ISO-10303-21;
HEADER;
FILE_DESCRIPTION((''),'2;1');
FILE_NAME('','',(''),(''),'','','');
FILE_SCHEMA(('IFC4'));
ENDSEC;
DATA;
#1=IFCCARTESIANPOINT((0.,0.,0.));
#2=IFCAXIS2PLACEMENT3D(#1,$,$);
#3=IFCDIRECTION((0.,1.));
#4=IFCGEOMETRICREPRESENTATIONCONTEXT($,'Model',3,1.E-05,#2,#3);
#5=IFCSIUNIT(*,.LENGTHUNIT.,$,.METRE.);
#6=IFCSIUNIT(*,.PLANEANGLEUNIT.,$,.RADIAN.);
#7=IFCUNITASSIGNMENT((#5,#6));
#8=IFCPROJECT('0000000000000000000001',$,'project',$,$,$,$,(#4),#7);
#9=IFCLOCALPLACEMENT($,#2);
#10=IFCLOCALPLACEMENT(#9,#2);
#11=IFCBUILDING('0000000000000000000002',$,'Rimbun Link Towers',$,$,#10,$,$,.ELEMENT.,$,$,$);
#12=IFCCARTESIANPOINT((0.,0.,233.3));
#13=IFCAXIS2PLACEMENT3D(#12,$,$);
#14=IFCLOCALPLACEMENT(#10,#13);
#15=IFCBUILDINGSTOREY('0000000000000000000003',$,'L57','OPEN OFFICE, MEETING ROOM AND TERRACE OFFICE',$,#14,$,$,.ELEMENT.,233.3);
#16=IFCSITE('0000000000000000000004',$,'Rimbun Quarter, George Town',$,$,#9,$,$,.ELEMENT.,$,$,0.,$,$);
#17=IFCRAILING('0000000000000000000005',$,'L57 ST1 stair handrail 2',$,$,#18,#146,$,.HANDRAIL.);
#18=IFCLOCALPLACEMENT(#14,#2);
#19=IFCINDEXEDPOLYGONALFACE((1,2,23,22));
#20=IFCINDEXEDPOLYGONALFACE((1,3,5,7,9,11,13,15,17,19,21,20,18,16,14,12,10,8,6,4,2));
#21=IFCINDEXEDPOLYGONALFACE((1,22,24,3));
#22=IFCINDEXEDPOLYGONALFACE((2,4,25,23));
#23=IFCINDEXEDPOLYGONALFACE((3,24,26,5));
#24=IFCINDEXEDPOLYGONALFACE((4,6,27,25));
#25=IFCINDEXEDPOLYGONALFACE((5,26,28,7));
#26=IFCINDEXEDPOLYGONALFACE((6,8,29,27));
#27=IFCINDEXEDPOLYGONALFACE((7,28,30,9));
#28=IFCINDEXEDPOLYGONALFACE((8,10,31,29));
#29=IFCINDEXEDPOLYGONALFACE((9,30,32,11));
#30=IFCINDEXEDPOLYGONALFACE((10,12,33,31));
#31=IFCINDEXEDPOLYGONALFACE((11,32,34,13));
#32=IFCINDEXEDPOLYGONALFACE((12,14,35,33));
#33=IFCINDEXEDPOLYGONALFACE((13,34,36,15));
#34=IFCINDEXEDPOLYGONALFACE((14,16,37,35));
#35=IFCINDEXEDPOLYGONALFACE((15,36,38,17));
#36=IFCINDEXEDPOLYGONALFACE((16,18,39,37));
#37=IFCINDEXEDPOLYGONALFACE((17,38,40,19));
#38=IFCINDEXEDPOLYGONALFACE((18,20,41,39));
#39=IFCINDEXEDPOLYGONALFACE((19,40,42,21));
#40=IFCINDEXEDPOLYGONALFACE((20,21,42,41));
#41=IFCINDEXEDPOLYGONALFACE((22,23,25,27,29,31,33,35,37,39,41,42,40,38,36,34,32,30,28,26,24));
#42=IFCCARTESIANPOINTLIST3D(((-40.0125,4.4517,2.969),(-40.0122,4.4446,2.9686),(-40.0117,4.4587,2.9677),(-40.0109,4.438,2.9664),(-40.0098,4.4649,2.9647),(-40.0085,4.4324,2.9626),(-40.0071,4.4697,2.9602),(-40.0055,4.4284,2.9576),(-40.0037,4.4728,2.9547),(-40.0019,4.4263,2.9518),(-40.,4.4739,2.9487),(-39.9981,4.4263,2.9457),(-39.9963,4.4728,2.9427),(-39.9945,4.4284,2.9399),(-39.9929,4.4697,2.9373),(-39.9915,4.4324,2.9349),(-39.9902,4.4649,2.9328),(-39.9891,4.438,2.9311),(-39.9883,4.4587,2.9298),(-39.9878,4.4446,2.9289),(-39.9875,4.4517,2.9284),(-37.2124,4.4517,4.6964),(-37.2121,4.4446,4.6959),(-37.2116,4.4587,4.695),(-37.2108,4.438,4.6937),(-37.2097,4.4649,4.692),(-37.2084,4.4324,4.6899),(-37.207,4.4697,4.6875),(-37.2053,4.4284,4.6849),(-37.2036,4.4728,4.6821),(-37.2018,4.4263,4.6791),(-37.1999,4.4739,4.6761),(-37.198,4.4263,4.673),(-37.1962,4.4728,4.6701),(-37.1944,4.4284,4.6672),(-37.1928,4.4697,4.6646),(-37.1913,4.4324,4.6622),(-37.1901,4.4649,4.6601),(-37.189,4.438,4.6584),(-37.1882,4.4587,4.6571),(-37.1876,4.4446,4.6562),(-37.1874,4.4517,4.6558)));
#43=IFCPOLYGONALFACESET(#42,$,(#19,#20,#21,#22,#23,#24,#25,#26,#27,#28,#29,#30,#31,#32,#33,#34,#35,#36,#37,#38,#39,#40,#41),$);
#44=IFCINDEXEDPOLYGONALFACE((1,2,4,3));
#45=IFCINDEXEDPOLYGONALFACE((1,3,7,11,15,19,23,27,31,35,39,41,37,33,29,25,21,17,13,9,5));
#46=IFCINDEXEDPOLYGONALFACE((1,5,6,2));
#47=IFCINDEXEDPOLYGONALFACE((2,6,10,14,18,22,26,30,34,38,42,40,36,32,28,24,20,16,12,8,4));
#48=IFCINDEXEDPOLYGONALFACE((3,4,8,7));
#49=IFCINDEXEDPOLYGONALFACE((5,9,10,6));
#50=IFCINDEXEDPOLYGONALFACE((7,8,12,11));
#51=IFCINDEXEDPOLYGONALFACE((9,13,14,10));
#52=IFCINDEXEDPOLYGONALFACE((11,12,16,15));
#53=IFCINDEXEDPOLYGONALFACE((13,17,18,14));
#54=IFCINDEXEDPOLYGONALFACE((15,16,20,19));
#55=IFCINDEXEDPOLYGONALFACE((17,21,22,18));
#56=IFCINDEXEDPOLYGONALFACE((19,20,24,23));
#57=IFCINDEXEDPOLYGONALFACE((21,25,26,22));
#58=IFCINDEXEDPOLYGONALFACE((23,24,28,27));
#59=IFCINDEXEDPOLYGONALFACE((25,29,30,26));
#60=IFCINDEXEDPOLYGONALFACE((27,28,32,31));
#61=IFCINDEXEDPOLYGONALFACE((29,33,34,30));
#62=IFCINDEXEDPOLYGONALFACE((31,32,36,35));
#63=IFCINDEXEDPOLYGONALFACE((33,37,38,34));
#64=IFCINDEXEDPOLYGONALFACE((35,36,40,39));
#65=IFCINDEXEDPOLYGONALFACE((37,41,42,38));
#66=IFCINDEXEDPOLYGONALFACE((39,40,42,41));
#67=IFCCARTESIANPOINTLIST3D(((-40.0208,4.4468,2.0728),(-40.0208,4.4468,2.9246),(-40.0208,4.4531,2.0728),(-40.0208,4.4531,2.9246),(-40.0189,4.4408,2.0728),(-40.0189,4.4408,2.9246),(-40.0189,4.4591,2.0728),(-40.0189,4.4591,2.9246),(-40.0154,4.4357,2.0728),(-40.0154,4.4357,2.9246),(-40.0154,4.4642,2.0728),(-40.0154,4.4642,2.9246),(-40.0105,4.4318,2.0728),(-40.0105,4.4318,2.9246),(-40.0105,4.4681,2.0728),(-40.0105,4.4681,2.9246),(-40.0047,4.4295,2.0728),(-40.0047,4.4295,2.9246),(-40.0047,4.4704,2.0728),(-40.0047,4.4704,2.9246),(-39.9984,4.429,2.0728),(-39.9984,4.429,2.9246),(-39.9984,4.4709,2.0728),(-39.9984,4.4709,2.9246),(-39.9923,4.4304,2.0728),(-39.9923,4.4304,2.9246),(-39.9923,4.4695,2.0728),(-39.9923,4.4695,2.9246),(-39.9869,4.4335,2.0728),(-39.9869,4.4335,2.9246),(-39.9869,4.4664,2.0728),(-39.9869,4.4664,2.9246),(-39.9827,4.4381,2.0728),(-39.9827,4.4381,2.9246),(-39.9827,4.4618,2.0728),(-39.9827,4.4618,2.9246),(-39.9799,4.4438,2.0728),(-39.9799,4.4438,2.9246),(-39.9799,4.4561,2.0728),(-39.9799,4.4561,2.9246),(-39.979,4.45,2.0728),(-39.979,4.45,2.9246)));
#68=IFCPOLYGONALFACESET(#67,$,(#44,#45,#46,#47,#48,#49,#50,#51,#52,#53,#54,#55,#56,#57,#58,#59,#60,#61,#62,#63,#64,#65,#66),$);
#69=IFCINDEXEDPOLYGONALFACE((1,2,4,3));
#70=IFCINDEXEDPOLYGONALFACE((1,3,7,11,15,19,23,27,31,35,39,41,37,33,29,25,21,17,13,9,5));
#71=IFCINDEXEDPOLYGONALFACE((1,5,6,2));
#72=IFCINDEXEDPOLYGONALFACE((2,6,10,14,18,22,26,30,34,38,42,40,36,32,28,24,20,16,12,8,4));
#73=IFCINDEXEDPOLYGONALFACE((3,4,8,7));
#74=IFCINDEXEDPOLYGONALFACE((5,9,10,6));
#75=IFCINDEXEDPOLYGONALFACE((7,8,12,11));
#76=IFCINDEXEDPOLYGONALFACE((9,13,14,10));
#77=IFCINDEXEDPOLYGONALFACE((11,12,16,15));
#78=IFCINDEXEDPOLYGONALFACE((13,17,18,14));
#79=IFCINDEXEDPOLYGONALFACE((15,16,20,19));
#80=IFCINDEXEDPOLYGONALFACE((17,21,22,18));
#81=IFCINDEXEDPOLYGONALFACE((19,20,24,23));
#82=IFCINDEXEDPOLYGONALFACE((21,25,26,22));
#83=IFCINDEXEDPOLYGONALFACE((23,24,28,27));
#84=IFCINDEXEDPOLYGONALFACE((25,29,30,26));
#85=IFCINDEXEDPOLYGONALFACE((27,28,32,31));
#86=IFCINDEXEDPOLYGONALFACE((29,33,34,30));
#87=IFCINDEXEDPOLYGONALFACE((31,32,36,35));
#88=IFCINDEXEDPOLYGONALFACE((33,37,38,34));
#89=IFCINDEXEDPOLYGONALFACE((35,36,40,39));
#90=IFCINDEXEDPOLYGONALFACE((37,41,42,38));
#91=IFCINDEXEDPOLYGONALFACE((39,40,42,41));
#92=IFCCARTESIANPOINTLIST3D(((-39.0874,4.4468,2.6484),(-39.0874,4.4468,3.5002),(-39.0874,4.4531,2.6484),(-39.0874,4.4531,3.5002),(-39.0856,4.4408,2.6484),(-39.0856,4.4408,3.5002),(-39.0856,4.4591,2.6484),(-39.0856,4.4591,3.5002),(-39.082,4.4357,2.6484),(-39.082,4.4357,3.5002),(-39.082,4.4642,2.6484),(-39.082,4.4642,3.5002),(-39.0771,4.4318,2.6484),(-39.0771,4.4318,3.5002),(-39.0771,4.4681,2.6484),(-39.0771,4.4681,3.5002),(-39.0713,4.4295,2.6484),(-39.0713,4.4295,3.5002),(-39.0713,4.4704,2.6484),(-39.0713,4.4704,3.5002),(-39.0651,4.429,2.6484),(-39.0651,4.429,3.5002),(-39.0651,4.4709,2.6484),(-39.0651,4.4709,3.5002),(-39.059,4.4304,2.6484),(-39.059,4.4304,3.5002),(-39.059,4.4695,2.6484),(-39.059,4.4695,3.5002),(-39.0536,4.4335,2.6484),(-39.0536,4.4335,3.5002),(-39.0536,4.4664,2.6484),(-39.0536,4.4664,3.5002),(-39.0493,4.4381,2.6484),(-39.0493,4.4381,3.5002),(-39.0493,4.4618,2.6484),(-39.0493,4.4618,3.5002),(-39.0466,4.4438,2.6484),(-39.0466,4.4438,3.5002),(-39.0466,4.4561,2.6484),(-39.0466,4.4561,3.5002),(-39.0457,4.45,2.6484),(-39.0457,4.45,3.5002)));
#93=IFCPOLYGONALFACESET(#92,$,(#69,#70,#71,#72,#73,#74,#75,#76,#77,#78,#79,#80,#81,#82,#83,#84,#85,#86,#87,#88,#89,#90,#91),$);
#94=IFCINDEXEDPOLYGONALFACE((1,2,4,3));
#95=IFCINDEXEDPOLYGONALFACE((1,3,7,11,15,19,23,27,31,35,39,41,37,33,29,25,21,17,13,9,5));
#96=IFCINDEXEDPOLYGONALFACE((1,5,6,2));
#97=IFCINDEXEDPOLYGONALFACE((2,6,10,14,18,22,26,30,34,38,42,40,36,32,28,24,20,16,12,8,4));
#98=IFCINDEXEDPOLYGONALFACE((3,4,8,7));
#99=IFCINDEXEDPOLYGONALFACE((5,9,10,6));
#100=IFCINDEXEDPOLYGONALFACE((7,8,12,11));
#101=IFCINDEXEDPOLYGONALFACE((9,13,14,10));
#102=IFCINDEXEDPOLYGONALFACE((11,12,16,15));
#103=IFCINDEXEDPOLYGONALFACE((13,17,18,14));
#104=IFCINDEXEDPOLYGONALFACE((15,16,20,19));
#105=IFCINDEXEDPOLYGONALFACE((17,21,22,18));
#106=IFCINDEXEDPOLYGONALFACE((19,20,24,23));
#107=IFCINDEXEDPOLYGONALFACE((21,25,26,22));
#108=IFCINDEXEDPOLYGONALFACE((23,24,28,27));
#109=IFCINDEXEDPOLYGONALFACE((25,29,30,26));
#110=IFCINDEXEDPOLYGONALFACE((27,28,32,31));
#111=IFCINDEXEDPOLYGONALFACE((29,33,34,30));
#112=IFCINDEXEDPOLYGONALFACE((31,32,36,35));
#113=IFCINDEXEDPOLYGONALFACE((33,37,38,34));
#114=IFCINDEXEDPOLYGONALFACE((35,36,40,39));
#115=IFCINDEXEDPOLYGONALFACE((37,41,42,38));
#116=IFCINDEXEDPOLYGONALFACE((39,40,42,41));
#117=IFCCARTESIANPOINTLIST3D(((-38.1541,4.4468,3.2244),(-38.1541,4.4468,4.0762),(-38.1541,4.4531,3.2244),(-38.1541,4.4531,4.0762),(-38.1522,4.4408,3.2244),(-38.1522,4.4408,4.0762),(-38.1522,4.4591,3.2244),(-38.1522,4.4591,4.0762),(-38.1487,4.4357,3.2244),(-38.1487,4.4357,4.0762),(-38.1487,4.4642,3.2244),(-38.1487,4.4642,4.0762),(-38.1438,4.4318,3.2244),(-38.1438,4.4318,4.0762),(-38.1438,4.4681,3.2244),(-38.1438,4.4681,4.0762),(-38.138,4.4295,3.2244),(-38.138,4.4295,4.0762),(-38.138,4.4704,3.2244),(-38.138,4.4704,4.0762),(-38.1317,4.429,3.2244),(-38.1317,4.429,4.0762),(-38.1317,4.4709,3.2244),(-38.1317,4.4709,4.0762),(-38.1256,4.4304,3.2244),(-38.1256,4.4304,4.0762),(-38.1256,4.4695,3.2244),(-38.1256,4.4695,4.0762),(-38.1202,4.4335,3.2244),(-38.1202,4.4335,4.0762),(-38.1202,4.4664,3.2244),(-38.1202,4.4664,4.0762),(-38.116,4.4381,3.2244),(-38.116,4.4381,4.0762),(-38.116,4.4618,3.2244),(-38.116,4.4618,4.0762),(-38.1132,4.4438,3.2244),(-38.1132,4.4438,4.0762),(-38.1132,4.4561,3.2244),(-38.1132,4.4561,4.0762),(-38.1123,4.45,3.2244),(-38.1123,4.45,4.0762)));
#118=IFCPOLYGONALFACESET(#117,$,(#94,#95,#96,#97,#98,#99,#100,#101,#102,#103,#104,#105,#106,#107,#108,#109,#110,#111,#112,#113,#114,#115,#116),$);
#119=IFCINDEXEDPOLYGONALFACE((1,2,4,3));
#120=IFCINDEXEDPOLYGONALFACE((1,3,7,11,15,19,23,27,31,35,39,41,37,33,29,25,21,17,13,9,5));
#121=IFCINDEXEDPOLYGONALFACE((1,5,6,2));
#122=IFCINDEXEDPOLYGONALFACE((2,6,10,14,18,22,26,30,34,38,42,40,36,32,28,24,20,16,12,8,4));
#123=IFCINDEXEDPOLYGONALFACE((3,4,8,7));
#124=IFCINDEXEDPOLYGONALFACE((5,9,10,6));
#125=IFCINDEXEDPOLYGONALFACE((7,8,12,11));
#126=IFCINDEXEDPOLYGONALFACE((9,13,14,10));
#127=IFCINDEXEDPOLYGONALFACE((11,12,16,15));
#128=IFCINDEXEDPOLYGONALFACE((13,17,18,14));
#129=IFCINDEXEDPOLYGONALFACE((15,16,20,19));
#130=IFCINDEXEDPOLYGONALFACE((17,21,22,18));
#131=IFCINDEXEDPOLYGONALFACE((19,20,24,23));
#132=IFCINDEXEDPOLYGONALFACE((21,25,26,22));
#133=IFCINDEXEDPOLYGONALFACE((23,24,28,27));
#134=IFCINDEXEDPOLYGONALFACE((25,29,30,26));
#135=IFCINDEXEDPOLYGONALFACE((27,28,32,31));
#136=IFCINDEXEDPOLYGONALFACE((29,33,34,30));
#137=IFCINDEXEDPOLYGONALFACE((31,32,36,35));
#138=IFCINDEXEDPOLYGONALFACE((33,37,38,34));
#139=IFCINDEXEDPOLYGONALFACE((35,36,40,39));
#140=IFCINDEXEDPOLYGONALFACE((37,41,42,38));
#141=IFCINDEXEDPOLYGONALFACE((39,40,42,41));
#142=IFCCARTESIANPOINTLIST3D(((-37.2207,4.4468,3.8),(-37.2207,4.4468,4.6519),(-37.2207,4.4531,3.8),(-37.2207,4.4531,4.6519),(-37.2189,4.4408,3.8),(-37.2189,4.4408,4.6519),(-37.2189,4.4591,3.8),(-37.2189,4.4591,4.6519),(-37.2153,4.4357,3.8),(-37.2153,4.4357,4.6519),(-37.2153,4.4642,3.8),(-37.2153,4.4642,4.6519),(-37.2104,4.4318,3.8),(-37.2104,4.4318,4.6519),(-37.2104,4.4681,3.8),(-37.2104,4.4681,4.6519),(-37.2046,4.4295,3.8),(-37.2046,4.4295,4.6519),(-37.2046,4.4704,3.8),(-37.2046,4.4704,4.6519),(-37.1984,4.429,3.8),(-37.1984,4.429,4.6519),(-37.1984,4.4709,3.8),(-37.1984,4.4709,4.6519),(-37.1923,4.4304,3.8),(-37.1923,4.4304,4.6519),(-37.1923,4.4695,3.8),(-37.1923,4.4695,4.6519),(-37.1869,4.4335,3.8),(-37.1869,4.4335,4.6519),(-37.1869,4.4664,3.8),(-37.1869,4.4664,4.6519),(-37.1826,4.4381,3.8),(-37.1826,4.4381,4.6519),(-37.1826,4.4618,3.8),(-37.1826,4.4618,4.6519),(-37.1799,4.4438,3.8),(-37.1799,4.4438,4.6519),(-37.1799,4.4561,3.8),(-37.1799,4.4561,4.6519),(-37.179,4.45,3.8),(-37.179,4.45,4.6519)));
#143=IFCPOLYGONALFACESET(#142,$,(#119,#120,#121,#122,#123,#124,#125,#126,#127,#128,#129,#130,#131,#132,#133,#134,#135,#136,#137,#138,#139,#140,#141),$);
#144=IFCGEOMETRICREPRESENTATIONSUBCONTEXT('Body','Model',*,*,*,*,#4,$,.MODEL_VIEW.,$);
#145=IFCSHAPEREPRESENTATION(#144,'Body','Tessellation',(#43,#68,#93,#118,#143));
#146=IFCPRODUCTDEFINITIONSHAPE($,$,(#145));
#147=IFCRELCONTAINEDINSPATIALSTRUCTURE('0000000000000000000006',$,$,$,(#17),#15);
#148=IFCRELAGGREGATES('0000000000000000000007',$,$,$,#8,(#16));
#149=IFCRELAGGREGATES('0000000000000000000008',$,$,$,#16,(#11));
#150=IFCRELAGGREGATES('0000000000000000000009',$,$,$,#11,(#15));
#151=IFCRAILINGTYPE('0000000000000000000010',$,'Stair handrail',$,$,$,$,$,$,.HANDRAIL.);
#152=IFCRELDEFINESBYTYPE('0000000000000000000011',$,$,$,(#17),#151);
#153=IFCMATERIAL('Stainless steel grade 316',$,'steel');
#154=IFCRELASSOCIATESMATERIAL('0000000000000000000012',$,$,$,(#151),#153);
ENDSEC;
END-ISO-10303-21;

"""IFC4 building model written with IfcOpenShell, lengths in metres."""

from ifc_helpers import new_model, si_unit, direction, frame, origin, origin_2d, place, context, subcontext, project, spatial, circle, extrude, material, type_object, element, save


model = new_model("IFC4")

# Units and contexts
model_context = context("Model", 3, precision=1e-05, world=origin(), true_north=direction((0.0, 1.0)))
body_context = subcontext(model_context, "Body", "Model", "MODEL_VIEW")
ifc_project = project(units=[si_unit("LENGTHUNIT", "METRE"), si_unit("PLANEANGLEUNIT", "RADIAN")], contexts=[model_context])

# Site, building, storey
site_placement = place(None, origin())
site = spatial("IfcSite", under=ifc_project, at=site_placement, Name="Rimbun Quarter, George Town", CompositionType="ELEMENT", RefElevation=0.0)
building_placement = place(site_placement, origin())
building = spatial("IfcBuilding", under=site, at=building_placement, Name="Rimbun Link Towers", CompositionType="ELEMENT")
storey_placement = place(building_placement, frame((0.0, 0.0, 233.3)))
storey = spatial("IfcBuildingStorey", under=building, at=storey_placement, Name="L57", Description="OPEN OFFICE, MEETING ROOM AND TERRACE OFFICE", CompositionType="ELEMENT", Elevation=233.3)

# Railing
ifc_material_1 = material(Name="Stainless steel grade 316", Category="steel")
railing_type_1 = type_object("IfcRailingType", Name="Stair handrail", PredefinedType="HANDRAIL", material=ifc_material_1)
railing_1_placement = place(storey_placement, frame((-40.0, 4.45, 2.0728)))
element("IfcRailing", 1, at=railing_1_placement, inside=storey, type_object=railing_type_1, Name="L57 ST1 stair handrail 2", PredefinedType="HANDRAIL", context=body_context, shape_type="SweptSolid", body=[
    extrude(circle(Radius=0.0239, at=origin_2d()), frame((0.0, 0.0, 0.876), z_axis=(0.85109, 0.0, 0.52502), x_axis=(0.0, 1.0, 0.0)), (0.0, 0.0, 1.0), 3.29),
    extrude(circle(Radius=0.021, at=origin_2d()), origin(), (0.0, 0.0, 1.0), 0.8518),
    extrude(circle(Radius=0.021, at=origin_2d()), frame((0.9333, 0.0, 0.5757)), (0.0, 0.0, 1.0), 0.8518),
    extrude(circle(Radius=0.021, at=origin_2d()), frame((1.8667, 0.0, 1.1516)), (0.0, 0.0, 1.0), 0.8518),
    extrude(circle(Radius=0.021, at=origin_2d()), frame((2.8, 0.0, 1.7273)), (0.0, 0.0, 1.0), 0.8518),
])

save(model, "model.ifc")
